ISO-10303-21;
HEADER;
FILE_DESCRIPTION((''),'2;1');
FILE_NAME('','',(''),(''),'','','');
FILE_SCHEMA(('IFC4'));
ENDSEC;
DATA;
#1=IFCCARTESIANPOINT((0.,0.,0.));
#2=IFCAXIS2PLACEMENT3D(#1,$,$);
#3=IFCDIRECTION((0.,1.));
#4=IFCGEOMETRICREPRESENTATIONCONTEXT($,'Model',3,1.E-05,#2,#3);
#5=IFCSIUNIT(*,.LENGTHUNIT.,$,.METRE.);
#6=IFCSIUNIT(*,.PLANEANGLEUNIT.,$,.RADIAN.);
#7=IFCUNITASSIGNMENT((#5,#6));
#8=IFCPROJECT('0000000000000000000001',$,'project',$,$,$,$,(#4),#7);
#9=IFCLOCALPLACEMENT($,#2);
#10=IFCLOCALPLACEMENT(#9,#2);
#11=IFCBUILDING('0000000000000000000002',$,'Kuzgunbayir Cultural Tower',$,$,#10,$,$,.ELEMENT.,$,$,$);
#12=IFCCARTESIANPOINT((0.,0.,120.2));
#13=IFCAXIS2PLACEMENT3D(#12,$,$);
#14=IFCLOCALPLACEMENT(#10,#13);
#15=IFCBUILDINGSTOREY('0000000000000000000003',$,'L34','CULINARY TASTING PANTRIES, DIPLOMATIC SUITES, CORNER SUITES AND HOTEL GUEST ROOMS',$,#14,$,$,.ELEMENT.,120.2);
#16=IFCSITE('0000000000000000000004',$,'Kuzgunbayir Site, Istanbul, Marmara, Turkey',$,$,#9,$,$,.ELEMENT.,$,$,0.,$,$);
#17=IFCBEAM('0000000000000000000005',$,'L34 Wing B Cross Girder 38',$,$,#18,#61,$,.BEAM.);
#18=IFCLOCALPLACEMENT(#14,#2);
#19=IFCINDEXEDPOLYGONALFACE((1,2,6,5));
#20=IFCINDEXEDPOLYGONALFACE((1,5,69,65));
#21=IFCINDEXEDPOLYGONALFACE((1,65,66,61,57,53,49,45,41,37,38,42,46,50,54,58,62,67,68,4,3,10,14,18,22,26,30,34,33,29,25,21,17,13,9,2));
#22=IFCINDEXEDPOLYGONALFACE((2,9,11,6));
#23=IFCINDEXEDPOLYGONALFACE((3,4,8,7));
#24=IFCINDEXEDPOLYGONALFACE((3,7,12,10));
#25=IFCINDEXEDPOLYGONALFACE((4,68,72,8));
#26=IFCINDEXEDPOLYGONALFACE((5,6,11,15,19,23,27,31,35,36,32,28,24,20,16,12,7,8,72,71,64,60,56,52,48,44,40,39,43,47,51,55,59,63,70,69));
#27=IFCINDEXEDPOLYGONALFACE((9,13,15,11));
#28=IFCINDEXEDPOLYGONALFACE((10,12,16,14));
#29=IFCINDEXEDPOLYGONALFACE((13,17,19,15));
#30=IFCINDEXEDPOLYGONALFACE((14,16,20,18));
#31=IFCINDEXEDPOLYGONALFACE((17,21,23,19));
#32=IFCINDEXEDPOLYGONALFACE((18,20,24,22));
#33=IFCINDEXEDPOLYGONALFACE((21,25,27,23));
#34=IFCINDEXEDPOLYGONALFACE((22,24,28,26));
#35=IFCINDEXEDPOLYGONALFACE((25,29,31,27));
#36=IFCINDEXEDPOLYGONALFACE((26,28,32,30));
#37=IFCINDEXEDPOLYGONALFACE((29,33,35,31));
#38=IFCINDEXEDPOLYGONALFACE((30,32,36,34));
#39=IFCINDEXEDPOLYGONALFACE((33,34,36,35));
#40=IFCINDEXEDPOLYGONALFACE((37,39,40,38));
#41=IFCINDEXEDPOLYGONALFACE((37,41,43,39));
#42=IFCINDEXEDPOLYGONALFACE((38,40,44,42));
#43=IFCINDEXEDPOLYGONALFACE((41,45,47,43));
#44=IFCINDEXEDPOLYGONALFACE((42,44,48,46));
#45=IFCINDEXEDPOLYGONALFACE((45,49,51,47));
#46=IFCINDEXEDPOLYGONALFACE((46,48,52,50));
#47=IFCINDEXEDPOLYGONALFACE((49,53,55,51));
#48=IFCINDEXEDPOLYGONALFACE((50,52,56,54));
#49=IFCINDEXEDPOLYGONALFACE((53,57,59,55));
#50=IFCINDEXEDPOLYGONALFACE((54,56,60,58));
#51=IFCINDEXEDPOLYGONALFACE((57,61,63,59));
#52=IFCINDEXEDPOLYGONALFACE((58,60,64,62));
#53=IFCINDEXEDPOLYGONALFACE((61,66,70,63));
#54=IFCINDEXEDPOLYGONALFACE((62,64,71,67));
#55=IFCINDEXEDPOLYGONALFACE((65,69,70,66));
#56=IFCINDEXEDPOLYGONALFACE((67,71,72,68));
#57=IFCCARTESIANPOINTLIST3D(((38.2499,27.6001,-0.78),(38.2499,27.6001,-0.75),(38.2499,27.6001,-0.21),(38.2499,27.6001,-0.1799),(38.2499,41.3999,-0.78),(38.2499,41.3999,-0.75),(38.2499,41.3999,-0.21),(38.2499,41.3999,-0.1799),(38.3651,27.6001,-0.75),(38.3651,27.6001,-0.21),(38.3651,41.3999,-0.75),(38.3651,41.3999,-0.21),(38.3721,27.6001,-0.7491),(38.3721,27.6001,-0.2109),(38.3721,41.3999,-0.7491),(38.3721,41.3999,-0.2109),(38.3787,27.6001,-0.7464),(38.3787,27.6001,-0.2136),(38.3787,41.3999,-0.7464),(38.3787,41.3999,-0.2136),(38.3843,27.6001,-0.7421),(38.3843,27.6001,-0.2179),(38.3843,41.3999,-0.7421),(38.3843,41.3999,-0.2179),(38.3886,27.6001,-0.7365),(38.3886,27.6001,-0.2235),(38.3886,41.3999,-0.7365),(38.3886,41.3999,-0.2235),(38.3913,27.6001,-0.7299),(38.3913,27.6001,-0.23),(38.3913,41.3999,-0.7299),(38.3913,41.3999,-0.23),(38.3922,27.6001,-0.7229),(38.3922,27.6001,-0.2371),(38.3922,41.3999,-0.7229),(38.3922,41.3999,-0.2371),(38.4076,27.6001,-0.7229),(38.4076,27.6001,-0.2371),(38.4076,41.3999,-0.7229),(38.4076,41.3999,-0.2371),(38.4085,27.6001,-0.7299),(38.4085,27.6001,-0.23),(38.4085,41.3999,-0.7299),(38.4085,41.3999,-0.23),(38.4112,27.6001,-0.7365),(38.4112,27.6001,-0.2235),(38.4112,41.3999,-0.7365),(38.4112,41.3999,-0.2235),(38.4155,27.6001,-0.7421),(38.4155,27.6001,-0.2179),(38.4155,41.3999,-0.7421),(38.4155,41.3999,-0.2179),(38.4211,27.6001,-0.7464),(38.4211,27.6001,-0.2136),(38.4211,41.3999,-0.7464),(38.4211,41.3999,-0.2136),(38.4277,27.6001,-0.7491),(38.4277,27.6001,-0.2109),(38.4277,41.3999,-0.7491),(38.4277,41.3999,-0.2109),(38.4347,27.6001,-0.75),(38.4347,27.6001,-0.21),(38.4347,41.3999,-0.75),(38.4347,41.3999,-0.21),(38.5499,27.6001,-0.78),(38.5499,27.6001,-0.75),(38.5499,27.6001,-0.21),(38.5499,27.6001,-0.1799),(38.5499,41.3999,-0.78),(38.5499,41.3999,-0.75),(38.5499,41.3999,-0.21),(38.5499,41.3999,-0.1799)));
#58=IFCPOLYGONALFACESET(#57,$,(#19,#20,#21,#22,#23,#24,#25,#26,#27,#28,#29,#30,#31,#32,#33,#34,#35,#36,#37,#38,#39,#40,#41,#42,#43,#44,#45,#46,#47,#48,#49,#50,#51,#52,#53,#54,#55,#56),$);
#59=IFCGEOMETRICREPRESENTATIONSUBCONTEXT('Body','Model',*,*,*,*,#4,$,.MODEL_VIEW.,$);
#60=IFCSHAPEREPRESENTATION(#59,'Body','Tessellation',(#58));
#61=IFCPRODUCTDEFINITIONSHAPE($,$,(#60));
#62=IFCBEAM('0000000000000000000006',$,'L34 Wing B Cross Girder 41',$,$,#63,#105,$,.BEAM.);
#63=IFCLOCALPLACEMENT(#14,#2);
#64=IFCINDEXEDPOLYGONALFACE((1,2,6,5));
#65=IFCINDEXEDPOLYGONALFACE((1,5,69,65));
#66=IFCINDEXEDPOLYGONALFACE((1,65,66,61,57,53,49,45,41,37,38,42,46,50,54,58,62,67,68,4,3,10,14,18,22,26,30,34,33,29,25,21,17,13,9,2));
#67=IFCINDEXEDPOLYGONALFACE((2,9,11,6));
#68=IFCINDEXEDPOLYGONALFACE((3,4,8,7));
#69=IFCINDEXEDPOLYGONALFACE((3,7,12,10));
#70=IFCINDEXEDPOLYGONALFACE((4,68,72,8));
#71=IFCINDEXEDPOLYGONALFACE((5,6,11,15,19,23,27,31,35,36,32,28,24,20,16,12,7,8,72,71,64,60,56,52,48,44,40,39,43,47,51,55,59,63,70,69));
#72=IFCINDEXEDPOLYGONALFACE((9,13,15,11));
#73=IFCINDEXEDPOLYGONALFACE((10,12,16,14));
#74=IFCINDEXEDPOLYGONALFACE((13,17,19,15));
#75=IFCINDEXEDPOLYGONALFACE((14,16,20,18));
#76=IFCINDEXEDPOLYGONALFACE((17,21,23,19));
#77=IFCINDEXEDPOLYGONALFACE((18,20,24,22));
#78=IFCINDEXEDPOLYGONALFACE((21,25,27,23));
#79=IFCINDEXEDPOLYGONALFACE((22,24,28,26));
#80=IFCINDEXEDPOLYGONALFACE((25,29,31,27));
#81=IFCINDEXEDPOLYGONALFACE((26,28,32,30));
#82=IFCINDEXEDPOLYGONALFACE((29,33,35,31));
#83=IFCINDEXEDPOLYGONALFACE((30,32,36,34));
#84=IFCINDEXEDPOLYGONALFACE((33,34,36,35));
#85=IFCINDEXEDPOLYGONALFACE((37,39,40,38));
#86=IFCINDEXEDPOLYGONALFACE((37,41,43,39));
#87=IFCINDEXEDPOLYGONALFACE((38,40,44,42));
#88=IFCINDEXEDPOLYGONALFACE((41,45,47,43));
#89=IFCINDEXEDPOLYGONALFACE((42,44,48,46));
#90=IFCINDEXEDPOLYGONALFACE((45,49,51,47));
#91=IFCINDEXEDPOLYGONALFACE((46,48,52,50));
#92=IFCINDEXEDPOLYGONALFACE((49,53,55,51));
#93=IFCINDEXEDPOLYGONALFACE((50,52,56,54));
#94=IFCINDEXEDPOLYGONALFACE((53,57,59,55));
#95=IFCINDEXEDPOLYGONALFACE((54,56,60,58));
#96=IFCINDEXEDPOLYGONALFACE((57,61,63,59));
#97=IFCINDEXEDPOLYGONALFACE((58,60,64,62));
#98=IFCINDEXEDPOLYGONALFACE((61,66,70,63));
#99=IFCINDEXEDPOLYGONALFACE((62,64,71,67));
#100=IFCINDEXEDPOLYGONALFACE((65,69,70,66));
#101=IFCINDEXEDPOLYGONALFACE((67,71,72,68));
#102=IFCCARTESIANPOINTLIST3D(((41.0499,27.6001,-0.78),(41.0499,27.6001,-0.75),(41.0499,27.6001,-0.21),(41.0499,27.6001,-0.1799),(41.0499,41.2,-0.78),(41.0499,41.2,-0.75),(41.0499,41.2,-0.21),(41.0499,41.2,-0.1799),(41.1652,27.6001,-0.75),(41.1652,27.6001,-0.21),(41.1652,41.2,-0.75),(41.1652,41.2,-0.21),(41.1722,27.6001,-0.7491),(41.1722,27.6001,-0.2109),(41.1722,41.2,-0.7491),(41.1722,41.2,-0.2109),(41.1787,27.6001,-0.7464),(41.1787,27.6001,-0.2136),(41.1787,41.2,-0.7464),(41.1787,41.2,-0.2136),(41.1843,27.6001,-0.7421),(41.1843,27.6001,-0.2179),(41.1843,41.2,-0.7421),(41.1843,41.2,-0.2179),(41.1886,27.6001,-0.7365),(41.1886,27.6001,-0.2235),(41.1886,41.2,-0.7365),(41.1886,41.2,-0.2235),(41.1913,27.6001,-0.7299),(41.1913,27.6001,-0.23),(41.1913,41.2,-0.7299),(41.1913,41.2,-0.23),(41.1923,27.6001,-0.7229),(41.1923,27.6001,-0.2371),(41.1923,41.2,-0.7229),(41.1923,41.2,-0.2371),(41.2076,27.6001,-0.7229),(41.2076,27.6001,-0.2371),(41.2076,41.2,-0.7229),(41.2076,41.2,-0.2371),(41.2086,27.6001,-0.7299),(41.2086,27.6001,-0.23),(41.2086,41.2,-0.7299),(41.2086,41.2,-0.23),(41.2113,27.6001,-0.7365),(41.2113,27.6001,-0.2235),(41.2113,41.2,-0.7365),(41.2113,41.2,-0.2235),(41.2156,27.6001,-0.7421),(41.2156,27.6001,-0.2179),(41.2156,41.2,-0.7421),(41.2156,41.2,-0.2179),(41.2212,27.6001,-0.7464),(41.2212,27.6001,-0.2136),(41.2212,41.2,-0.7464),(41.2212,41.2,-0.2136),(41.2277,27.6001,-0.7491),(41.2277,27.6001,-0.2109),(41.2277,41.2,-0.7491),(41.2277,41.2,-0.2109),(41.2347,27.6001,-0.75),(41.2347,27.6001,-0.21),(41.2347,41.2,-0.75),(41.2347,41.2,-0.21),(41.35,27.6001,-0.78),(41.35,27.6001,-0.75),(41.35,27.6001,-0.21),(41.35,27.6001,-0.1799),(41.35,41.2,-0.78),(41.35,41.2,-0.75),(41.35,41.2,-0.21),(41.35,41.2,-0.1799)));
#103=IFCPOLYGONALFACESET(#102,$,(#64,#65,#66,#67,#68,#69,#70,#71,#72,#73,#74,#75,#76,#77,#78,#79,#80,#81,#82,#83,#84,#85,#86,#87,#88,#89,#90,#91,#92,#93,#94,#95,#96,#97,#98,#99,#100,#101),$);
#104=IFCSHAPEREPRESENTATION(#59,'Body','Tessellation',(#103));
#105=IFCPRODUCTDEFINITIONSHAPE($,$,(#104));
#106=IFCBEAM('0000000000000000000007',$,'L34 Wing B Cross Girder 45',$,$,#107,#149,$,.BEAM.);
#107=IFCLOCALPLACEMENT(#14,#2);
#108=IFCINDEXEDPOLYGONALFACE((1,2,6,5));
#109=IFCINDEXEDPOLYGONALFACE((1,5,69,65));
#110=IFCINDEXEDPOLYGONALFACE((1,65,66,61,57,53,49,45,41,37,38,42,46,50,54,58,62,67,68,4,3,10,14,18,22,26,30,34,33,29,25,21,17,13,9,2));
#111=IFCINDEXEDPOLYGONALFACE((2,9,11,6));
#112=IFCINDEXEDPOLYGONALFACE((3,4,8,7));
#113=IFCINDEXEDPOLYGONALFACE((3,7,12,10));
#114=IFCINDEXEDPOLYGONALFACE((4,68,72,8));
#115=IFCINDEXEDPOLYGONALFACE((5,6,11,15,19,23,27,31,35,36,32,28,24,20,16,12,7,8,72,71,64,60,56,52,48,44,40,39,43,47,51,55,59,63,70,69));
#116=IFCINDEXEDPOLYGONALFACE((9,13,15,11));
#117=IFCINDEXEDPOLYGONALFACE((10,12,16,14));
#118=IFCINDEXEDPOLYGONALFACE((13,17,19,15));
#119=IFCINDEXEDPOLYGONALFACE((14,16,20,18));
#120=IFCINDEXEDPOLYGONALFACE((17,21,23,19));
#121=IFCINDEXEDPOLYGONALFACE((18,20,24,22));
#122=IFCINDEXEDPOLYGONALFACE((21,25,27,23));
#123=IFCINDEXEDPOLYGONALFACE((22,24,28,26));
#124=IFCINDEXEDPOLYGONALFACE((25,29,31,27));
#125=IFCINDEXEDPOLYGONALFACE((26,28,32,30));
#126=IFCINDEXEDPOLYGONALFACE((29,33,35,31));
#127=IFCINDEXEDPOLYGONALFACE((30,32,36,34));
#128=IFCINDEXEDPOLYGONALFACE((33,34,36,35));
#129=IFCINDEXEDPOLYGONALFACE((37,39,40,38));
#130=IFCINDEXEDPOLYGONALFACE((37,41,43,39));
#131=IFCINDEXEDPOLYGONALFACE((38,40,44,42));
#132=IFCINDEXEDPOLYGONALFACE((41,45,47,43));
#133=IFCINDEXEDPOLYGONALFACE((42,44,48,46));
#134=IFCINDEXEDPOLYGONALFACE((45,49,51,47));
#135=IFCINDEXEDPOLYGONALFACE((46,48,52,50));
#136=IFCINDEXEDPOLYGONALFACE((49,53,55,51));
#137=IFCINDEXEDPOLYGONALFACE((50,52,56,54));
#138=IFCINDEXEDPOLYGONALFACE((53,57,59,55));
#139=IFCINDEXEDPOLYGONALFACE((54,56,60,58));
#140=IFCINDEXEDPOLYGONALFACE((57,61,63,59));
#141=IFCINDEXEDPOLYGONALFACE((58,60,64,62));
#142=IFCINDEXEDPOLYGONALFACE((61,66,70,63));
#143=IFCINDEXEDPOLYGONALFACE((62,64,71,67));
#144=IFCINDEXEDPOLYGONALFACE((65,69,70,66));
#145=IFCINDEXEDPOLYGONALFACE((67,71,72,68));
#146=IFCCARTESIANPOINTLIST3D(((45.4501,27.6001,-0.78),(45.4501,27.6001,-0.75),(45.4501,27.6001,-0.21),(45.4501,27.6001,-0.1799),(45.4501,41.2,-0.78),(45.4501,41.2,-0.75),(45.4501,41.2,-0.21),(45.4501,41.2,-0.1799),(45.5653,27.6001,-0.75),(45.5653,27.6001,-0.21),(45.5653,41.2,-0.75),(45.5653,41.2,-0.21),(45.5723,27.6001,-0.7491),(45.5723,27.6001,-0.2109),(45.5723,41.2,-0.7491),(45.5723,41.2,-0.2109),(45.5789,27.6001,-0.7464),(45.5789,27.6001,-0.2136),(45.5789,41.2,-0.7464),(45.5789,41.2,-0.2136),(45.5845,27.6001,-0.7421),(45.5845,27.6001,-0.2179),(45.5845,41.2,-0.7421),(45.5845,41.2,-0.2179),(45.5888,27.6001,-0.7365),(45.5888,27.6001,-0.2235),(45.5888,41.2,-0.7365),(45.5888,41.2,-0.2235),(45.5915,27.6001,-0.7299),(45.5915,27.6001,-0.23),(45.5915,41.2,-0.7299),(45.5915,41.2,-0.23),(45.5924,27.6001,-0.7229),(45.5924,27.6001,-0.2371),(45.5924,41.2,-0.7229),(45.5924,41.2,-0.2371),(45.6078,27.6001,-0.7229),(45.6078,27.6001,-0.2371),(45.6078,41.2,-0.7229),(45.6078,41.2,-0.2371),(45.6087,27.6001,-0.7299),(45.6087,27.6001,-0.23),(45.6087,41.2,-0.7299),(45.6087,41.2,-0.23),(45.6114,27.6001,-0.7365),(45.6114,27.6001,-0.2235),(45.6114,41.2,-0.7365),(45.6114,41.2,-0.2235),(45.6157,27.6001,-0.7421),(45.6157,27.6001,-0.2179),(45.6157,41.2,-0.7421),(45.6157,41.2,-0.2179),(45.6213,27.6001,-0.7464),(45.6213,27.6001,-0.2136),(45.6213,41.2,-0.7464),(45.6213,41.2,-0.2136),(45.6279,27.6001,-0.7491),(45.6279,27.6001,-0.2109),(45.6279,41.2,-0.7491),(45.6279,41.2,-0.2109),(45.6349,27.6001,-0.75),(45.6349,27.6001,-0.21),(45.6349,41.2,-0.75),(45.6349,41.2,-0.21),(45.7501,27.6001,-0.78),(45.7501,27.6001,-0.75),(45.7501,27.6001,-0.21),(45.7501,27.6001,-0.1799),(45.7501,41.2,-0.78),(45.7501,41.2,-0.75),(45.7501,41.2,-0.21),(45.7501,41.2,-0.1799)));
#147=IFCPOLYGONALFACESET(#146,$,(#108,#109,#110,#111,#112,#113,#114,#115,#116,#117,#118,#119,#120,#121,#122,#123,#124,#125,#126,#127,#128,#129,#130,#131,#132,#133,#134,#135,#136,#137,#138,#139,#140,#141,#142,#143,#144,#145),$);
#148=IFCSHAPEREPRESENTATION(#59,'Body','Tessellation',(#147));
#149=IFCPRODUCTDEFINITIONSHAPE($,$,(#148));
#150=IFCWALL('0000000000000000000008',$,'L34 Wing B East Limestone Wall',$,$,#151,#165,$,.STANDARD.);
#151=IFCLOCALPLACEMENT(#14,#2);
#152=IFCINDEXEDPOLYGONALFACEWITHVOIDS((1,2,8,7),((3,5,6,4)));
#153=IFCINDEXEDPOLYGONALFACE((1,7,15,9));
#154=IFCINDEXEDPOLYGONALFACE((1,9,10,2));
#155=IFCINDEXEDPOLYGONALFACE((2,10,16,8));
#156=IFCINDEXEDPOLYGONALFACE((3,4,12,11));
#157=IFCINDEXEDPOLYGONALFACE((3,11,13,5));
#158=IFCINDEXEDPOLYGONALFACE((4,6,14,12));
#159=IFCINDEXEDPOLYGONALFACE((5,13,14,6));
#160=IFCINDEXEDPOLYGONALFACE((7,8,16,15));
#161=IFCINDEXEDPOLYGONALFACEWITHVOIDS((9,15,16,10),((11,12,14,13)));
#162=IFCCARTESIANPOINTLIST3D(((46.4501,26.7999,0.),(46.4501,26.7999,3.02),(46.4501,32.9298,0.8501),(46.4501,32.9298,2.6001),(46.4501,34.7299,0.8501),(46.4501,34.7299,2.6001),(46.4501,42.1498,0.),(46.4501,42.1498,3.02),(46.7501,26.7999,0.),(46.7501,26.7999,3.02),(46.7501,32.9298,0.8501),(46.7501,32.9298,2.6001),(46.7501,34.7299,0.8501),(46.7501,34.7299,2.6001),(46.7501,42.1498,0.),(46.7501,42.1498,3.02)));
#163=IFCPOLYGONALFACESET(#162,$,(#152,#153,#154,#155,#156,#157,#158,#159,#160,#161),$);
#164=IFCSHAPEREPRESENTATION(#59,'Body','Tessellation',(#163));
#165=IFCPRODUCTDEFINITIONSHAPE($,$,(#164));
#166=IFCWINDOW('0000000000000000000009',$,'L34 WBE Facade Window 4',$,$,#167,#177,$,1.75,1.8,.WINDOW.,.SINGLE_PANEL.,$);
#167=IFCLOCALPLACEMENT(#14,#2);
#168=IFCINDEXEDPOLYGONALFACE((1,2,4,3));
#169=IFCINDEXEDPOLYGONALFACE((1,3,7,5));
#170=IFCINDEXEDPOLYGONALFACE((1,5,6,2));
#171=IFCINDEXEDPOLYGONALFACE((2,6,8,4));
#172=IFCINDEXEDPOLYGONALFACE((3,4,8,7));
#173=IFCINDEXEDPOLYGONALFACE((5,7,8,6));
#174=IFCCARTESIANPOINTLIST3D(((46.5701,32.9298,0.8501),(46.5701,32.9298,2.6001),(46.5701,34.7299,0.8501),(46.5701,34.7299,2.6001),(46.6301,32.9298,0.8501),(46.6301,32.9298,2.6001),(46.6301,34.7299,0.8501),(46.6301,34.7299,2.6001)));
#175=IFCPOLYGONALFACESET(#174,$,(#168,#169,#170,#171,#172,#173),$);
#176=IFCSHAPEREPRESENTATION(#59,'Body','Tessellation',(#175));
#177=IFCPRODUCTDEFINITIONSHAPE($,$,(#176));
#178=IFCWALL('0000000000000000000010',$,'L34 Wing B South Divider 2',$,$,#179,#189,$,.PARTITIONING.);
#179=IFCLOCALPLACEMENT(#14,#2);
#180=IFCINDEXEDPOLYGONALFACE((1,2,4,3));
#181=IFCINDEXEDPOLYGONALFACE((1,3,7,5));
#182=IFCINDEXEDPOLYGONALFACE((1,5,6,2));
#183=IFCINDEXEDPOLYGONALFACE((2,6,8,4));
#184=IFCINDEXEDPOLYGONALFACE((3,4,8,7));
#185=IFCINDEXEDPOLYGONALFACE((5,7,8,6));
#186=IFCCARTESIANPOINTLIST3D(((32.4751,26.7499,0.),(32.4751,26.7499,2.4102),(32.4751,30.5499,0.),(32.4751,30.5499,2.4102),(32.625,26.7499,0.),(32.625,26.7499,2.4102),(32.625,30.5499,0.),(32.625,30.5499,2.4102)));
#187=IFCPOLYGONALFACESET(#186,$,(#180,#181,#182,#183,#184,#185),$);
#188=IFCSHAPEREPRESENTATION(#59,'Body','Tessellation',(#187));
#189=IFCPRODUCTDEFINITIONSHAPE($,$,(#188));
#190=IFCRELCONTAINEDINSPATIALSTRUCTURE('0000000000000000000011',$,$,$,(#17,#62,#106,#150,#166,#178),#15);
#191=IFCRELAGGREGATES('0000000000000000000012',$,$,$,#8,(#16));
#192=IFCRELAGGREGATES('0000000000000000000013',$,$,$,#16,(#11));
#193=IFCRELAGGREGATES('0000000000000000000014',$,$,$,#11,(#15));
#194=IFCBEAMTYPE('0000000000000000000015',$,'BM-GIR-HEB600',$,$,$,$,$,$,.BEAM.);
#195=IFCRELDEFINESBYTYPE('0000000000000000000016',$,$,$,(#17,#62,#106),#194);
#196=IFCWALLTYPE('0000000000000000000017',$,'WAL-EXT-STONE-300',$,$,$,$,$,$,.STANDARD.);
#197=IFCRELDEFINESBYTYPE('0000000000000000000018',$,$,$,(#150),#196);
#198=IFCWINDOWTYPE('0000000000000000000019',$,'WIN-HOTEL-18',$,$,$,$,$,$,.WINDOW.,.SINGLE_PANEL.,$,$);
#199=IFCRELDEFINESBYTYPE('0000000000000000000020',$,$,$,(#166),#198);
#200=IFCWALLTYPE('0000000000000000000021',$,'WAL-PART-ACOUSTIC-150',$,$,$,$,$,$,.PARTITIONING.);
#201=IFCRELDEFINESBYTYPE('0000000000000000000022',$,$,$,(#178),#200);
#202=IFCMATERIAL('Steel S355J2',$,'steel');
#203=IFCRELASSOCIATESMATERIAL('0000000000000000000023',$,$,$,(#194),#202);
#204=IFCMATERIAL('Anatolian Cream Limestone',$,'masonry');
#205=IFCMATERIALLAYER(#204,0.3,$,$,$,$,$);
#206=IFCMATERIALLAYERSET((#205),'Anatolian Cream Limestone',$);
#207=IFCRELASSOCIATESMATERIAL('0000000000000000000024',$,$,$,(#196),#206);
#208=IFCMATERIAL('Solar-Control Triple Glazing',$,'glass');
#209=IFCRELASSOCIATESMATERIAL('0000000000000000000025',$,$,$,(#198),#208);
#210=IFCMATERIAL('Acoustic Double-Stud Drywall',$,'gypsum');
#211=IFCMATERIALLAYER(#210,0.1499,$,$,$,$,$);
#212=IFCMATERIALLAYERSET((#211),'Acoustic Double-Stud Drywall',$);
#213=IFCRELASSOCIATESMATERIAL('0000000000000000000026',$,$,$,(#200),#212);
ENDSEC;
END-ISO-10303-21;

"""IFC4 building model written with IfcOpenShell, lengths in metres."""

from ifc_helpers import new_model, si_unit, direction, frame, frame_2d, origin, origin_2d, place, context, subcontext, project, spatial, rectangle, i_section, extrude, material, layer, layer_set, material_profile, profile_set, type_object, element, fill, save


model = new_model("IFC4")

# Units and contexts
model_context = context("Model", 3, precision=1e-05, world=origin(), true_north=direction((0.0, 1.0)))
body_context = subcontext(model_context, "Body", "Model", "MODEL_VIEW")
ifc_project = project(units=[si_unit("LENGTHUNIT", "METRE"), si_unit("PLANEANGLEUNIT", "RADIAN")], contexts=[model_context])

# Site, building, storey
site_placement = place(None, origin())
site = spatial("IfcSite", under=ifc_project, at=site_placement, Name="Kuzgunbayir Site, Istanbul, Marmara, Turkey", CompositionType="ELEMENT", RefElevation=0.0)
building_placement = place(site_placement, origin())
building = spatial("IfcBuilding", under=site, at=building_placement, Name="Kuzgunbayir Cultural Tower", CompositionType="ELEMENT")
storey_placement = place(building_placement, frame((0.0, 0.0, 120.2)))
storey = spatial("IfcBuildingStorey", under=building, at=storey_placement, Name="L34", Description="CULINARY TASTING PANTRIES, DIPLOMATIC SUITES, CORNER SUITES AND HOTEL GUEST ROOMS", CompositionType="ELEMENT", Elevation=120.2)

# Beams
ifc_material_1 = material(Name="Steel S355J2", Category="steel")
ifc_material_profile_1 = material_profile(ifc_material_1, i_section(OverallWidth=0.3, OverallDepth=0.6001, WebThickness=0.0154, FlangeThickness=0.03, FilletRadius=0.0271, at=origin_2d()), Name="HEB 600")
ifc_profile_set_1 = profile_set([ifc_material_profile_1], Name="Steel S355J2")
beam_type_1 = type_object("IfcBeamType", Name="BM-GIR-HEB600", PredefinedType="BEAM", material=ifc_profile_set_1)
beam_1_placement = place(storey_placement, frame((38.3999, 27.6001, -0.48), z_axis=(0.0, 1.0, 0.0), x_axis=(-1.0, 0.0, 0.0)))
element("IfcBeam", 1, at=beam_1_placement, inside=storey, type_object=beam_type_1, Name="L34 Wing B Cross Girder 38", PredefinedType="BEAM", context=body_context, shape_type="SweptSolid", body=[
    extrude(i_section(OverallWidth=0.3, OverallDepth=0.6001, WebThickness=0.0154, FlangeThickness=0.03, FilletRadius=0.0271, at=origin_2d()), origin(), (0.0, 0.0, 1.0), 13.7998),
])
for number, where, z_axis, x_axis, name in (
    (2, (41.2, 27.6001, -0.48), (0.0, 1.0, 0.0), (-1.0, 0.0, 0.0), "L34 Wing B Cross Girder 41"),
    (3, (45.6001, 27.6001, -0.48), (0.0, 1.0, 0.0), (-1.0, 0.0, 0.0), "L34 Wing B Cross Girder 45"),
):
    element("IfcBeam", number, at=place(storey_placement, frame(where, z_axis=z_axis, x_axis=x_axis)), inside=storey, type_object=beam_type_1, Name=name, PredefinedType="BEAM", context=body_context, shape_type="SweptSolid", body=[
        extrude(i_section(OverallWidth=0.3, OverallDepth=0.6001, WebThickness=0.0154, FlangeThickness=0.03, FilletRadius=0.0271, at=origin_2d()), origin(), (0.0, 0.0, 1.0), 13.5999),
    ])

# Wall, opening, window
ifc_material_2 = material(Name="Anatolian Cream Limestone", Category="masonry")
ifc_layer_1 = layer(ifc_material_2, 0.3)
ifc_layer_set_1 = layer_set([ifc_layer_1], Name="Anatolian Cream Limestone")
wall_type_1 = type_object("IfcWallType", Name="WAL-EXT-STONE-300", PredefinedType="STANDARD", material=ifc_layer_set_1)
wall_1_placement = place(storey_placement, frame((46.6001, 26.8, 0.0), z_axis=(0.0, 0.0, 1.0), x_axis=(0.0, 1.0, 0.0)))
wall_1 = element("IfcWall", 4, at=wall_1_placement, inside=storey, type_object=wall_type_1, Name="L34 Wing B East Limestone Wall", PredefinedType="STANDARD", context=body_context, shape_type="SweptSolid", body=[
    extrude(rectangle(XDim=15.3499, YDim=0.3, at=frame_2d((7.6748, 0.0))), origin(), (0.0, 0.0, 1.0), 3.02),
])
opening_1_placement = place(wall_1_placement, frame((6.1299, 0.0, 0.8501)))
opening_1 = element("IfcOpeningElement", 5, at=opening_1_placement, cuts=wall_1, PredefinedType="OPENING", context=body_context, shape_type="SweptSolid", body=[
    extrude(rectangle(XDim=1.8, YDim=1.75, at=frame_2d((0.8999, 0.875))), frame((0.0, 0.1602, 0.0), z_axis=(0.0, -1.0, 0.0), x_axis=(1.0, 0.0, 0.0)), (0.0, 0.0, 1.0), 0.3201),
])
ifc_material_3 = material(Name="Solar-Control Triple Glazing", Category="glass")
window_type = type_object("IfcWindowType", Name="WIN-HOTEL-18", PartitioningType="SINGLE_PANEL", PredefinedType="WINDOW", material=ifc_material_3)
window_placement = place(opening_1_placement, origin())
window = element("IfcWindow", 6, at=window_placement, inside=storey, type_object=window_type, Name="L34 WBE Facade Window 4", OverallHeight=1.75, OverallWidth=1.8, PartitioningType="SINGLE_PANEL", PredefinedType="WINDOW", context=body_context, shape_type="SweptSolid", body=[
    extrude(rectangle(XDim=1.8, YDim=1.75, at=frame_2d((0.8999, 0.875))), frame((0.0, 0.03, 0.0), z_axis=(0.0, -1.0, 0.0), x_axis=(1.0, 0.0, 0.0)), (0.0, 0.0, 1.0), 0.0601),
])
fill(opening_1, window)

# Wall
ifc_material_4 = material(Name="Acoustic Double-Stud Drywall", Category="gypsum")
ifc_layer_2 = layer(ifc_material_4, 0.1499)
ifc_layer_set_2 = layer_set([ifc_layer_2], Name="Acoustic Double-Stud Drywall")
wall_type_2 = type_object("IfcWallType", Name="WAL-PART-ACOUSTIC-150", PredefinedType="PARTITIONING", material=ifc_layer_set_2)
for number, where, z_axis, x_axis, name in (
    (7, (32.55, 26.75, 0.0), (0.0, 0.0, 1.0), (0.0, 1.0, 0.0), "L34 Wing B South Divider 2"),
):
    element("IfcWall", number, at=place(storey_placement, frame(where, z_axis=z_axis, x_axis=x_axis)), inside=storey, type_object=wall_type_2, Name=name, PredefinedType="PARTITIONING", context=body_context, shape_type="SweptSolid", body=[
        extrude(rectangle(XDim=3.8, YDim=0.1499, at=frame_2d((1.8999, 0.0))), origin(), (0.0, 0.0, 1.0), 2.4102),
    ])

save(model, "model.ifc")
